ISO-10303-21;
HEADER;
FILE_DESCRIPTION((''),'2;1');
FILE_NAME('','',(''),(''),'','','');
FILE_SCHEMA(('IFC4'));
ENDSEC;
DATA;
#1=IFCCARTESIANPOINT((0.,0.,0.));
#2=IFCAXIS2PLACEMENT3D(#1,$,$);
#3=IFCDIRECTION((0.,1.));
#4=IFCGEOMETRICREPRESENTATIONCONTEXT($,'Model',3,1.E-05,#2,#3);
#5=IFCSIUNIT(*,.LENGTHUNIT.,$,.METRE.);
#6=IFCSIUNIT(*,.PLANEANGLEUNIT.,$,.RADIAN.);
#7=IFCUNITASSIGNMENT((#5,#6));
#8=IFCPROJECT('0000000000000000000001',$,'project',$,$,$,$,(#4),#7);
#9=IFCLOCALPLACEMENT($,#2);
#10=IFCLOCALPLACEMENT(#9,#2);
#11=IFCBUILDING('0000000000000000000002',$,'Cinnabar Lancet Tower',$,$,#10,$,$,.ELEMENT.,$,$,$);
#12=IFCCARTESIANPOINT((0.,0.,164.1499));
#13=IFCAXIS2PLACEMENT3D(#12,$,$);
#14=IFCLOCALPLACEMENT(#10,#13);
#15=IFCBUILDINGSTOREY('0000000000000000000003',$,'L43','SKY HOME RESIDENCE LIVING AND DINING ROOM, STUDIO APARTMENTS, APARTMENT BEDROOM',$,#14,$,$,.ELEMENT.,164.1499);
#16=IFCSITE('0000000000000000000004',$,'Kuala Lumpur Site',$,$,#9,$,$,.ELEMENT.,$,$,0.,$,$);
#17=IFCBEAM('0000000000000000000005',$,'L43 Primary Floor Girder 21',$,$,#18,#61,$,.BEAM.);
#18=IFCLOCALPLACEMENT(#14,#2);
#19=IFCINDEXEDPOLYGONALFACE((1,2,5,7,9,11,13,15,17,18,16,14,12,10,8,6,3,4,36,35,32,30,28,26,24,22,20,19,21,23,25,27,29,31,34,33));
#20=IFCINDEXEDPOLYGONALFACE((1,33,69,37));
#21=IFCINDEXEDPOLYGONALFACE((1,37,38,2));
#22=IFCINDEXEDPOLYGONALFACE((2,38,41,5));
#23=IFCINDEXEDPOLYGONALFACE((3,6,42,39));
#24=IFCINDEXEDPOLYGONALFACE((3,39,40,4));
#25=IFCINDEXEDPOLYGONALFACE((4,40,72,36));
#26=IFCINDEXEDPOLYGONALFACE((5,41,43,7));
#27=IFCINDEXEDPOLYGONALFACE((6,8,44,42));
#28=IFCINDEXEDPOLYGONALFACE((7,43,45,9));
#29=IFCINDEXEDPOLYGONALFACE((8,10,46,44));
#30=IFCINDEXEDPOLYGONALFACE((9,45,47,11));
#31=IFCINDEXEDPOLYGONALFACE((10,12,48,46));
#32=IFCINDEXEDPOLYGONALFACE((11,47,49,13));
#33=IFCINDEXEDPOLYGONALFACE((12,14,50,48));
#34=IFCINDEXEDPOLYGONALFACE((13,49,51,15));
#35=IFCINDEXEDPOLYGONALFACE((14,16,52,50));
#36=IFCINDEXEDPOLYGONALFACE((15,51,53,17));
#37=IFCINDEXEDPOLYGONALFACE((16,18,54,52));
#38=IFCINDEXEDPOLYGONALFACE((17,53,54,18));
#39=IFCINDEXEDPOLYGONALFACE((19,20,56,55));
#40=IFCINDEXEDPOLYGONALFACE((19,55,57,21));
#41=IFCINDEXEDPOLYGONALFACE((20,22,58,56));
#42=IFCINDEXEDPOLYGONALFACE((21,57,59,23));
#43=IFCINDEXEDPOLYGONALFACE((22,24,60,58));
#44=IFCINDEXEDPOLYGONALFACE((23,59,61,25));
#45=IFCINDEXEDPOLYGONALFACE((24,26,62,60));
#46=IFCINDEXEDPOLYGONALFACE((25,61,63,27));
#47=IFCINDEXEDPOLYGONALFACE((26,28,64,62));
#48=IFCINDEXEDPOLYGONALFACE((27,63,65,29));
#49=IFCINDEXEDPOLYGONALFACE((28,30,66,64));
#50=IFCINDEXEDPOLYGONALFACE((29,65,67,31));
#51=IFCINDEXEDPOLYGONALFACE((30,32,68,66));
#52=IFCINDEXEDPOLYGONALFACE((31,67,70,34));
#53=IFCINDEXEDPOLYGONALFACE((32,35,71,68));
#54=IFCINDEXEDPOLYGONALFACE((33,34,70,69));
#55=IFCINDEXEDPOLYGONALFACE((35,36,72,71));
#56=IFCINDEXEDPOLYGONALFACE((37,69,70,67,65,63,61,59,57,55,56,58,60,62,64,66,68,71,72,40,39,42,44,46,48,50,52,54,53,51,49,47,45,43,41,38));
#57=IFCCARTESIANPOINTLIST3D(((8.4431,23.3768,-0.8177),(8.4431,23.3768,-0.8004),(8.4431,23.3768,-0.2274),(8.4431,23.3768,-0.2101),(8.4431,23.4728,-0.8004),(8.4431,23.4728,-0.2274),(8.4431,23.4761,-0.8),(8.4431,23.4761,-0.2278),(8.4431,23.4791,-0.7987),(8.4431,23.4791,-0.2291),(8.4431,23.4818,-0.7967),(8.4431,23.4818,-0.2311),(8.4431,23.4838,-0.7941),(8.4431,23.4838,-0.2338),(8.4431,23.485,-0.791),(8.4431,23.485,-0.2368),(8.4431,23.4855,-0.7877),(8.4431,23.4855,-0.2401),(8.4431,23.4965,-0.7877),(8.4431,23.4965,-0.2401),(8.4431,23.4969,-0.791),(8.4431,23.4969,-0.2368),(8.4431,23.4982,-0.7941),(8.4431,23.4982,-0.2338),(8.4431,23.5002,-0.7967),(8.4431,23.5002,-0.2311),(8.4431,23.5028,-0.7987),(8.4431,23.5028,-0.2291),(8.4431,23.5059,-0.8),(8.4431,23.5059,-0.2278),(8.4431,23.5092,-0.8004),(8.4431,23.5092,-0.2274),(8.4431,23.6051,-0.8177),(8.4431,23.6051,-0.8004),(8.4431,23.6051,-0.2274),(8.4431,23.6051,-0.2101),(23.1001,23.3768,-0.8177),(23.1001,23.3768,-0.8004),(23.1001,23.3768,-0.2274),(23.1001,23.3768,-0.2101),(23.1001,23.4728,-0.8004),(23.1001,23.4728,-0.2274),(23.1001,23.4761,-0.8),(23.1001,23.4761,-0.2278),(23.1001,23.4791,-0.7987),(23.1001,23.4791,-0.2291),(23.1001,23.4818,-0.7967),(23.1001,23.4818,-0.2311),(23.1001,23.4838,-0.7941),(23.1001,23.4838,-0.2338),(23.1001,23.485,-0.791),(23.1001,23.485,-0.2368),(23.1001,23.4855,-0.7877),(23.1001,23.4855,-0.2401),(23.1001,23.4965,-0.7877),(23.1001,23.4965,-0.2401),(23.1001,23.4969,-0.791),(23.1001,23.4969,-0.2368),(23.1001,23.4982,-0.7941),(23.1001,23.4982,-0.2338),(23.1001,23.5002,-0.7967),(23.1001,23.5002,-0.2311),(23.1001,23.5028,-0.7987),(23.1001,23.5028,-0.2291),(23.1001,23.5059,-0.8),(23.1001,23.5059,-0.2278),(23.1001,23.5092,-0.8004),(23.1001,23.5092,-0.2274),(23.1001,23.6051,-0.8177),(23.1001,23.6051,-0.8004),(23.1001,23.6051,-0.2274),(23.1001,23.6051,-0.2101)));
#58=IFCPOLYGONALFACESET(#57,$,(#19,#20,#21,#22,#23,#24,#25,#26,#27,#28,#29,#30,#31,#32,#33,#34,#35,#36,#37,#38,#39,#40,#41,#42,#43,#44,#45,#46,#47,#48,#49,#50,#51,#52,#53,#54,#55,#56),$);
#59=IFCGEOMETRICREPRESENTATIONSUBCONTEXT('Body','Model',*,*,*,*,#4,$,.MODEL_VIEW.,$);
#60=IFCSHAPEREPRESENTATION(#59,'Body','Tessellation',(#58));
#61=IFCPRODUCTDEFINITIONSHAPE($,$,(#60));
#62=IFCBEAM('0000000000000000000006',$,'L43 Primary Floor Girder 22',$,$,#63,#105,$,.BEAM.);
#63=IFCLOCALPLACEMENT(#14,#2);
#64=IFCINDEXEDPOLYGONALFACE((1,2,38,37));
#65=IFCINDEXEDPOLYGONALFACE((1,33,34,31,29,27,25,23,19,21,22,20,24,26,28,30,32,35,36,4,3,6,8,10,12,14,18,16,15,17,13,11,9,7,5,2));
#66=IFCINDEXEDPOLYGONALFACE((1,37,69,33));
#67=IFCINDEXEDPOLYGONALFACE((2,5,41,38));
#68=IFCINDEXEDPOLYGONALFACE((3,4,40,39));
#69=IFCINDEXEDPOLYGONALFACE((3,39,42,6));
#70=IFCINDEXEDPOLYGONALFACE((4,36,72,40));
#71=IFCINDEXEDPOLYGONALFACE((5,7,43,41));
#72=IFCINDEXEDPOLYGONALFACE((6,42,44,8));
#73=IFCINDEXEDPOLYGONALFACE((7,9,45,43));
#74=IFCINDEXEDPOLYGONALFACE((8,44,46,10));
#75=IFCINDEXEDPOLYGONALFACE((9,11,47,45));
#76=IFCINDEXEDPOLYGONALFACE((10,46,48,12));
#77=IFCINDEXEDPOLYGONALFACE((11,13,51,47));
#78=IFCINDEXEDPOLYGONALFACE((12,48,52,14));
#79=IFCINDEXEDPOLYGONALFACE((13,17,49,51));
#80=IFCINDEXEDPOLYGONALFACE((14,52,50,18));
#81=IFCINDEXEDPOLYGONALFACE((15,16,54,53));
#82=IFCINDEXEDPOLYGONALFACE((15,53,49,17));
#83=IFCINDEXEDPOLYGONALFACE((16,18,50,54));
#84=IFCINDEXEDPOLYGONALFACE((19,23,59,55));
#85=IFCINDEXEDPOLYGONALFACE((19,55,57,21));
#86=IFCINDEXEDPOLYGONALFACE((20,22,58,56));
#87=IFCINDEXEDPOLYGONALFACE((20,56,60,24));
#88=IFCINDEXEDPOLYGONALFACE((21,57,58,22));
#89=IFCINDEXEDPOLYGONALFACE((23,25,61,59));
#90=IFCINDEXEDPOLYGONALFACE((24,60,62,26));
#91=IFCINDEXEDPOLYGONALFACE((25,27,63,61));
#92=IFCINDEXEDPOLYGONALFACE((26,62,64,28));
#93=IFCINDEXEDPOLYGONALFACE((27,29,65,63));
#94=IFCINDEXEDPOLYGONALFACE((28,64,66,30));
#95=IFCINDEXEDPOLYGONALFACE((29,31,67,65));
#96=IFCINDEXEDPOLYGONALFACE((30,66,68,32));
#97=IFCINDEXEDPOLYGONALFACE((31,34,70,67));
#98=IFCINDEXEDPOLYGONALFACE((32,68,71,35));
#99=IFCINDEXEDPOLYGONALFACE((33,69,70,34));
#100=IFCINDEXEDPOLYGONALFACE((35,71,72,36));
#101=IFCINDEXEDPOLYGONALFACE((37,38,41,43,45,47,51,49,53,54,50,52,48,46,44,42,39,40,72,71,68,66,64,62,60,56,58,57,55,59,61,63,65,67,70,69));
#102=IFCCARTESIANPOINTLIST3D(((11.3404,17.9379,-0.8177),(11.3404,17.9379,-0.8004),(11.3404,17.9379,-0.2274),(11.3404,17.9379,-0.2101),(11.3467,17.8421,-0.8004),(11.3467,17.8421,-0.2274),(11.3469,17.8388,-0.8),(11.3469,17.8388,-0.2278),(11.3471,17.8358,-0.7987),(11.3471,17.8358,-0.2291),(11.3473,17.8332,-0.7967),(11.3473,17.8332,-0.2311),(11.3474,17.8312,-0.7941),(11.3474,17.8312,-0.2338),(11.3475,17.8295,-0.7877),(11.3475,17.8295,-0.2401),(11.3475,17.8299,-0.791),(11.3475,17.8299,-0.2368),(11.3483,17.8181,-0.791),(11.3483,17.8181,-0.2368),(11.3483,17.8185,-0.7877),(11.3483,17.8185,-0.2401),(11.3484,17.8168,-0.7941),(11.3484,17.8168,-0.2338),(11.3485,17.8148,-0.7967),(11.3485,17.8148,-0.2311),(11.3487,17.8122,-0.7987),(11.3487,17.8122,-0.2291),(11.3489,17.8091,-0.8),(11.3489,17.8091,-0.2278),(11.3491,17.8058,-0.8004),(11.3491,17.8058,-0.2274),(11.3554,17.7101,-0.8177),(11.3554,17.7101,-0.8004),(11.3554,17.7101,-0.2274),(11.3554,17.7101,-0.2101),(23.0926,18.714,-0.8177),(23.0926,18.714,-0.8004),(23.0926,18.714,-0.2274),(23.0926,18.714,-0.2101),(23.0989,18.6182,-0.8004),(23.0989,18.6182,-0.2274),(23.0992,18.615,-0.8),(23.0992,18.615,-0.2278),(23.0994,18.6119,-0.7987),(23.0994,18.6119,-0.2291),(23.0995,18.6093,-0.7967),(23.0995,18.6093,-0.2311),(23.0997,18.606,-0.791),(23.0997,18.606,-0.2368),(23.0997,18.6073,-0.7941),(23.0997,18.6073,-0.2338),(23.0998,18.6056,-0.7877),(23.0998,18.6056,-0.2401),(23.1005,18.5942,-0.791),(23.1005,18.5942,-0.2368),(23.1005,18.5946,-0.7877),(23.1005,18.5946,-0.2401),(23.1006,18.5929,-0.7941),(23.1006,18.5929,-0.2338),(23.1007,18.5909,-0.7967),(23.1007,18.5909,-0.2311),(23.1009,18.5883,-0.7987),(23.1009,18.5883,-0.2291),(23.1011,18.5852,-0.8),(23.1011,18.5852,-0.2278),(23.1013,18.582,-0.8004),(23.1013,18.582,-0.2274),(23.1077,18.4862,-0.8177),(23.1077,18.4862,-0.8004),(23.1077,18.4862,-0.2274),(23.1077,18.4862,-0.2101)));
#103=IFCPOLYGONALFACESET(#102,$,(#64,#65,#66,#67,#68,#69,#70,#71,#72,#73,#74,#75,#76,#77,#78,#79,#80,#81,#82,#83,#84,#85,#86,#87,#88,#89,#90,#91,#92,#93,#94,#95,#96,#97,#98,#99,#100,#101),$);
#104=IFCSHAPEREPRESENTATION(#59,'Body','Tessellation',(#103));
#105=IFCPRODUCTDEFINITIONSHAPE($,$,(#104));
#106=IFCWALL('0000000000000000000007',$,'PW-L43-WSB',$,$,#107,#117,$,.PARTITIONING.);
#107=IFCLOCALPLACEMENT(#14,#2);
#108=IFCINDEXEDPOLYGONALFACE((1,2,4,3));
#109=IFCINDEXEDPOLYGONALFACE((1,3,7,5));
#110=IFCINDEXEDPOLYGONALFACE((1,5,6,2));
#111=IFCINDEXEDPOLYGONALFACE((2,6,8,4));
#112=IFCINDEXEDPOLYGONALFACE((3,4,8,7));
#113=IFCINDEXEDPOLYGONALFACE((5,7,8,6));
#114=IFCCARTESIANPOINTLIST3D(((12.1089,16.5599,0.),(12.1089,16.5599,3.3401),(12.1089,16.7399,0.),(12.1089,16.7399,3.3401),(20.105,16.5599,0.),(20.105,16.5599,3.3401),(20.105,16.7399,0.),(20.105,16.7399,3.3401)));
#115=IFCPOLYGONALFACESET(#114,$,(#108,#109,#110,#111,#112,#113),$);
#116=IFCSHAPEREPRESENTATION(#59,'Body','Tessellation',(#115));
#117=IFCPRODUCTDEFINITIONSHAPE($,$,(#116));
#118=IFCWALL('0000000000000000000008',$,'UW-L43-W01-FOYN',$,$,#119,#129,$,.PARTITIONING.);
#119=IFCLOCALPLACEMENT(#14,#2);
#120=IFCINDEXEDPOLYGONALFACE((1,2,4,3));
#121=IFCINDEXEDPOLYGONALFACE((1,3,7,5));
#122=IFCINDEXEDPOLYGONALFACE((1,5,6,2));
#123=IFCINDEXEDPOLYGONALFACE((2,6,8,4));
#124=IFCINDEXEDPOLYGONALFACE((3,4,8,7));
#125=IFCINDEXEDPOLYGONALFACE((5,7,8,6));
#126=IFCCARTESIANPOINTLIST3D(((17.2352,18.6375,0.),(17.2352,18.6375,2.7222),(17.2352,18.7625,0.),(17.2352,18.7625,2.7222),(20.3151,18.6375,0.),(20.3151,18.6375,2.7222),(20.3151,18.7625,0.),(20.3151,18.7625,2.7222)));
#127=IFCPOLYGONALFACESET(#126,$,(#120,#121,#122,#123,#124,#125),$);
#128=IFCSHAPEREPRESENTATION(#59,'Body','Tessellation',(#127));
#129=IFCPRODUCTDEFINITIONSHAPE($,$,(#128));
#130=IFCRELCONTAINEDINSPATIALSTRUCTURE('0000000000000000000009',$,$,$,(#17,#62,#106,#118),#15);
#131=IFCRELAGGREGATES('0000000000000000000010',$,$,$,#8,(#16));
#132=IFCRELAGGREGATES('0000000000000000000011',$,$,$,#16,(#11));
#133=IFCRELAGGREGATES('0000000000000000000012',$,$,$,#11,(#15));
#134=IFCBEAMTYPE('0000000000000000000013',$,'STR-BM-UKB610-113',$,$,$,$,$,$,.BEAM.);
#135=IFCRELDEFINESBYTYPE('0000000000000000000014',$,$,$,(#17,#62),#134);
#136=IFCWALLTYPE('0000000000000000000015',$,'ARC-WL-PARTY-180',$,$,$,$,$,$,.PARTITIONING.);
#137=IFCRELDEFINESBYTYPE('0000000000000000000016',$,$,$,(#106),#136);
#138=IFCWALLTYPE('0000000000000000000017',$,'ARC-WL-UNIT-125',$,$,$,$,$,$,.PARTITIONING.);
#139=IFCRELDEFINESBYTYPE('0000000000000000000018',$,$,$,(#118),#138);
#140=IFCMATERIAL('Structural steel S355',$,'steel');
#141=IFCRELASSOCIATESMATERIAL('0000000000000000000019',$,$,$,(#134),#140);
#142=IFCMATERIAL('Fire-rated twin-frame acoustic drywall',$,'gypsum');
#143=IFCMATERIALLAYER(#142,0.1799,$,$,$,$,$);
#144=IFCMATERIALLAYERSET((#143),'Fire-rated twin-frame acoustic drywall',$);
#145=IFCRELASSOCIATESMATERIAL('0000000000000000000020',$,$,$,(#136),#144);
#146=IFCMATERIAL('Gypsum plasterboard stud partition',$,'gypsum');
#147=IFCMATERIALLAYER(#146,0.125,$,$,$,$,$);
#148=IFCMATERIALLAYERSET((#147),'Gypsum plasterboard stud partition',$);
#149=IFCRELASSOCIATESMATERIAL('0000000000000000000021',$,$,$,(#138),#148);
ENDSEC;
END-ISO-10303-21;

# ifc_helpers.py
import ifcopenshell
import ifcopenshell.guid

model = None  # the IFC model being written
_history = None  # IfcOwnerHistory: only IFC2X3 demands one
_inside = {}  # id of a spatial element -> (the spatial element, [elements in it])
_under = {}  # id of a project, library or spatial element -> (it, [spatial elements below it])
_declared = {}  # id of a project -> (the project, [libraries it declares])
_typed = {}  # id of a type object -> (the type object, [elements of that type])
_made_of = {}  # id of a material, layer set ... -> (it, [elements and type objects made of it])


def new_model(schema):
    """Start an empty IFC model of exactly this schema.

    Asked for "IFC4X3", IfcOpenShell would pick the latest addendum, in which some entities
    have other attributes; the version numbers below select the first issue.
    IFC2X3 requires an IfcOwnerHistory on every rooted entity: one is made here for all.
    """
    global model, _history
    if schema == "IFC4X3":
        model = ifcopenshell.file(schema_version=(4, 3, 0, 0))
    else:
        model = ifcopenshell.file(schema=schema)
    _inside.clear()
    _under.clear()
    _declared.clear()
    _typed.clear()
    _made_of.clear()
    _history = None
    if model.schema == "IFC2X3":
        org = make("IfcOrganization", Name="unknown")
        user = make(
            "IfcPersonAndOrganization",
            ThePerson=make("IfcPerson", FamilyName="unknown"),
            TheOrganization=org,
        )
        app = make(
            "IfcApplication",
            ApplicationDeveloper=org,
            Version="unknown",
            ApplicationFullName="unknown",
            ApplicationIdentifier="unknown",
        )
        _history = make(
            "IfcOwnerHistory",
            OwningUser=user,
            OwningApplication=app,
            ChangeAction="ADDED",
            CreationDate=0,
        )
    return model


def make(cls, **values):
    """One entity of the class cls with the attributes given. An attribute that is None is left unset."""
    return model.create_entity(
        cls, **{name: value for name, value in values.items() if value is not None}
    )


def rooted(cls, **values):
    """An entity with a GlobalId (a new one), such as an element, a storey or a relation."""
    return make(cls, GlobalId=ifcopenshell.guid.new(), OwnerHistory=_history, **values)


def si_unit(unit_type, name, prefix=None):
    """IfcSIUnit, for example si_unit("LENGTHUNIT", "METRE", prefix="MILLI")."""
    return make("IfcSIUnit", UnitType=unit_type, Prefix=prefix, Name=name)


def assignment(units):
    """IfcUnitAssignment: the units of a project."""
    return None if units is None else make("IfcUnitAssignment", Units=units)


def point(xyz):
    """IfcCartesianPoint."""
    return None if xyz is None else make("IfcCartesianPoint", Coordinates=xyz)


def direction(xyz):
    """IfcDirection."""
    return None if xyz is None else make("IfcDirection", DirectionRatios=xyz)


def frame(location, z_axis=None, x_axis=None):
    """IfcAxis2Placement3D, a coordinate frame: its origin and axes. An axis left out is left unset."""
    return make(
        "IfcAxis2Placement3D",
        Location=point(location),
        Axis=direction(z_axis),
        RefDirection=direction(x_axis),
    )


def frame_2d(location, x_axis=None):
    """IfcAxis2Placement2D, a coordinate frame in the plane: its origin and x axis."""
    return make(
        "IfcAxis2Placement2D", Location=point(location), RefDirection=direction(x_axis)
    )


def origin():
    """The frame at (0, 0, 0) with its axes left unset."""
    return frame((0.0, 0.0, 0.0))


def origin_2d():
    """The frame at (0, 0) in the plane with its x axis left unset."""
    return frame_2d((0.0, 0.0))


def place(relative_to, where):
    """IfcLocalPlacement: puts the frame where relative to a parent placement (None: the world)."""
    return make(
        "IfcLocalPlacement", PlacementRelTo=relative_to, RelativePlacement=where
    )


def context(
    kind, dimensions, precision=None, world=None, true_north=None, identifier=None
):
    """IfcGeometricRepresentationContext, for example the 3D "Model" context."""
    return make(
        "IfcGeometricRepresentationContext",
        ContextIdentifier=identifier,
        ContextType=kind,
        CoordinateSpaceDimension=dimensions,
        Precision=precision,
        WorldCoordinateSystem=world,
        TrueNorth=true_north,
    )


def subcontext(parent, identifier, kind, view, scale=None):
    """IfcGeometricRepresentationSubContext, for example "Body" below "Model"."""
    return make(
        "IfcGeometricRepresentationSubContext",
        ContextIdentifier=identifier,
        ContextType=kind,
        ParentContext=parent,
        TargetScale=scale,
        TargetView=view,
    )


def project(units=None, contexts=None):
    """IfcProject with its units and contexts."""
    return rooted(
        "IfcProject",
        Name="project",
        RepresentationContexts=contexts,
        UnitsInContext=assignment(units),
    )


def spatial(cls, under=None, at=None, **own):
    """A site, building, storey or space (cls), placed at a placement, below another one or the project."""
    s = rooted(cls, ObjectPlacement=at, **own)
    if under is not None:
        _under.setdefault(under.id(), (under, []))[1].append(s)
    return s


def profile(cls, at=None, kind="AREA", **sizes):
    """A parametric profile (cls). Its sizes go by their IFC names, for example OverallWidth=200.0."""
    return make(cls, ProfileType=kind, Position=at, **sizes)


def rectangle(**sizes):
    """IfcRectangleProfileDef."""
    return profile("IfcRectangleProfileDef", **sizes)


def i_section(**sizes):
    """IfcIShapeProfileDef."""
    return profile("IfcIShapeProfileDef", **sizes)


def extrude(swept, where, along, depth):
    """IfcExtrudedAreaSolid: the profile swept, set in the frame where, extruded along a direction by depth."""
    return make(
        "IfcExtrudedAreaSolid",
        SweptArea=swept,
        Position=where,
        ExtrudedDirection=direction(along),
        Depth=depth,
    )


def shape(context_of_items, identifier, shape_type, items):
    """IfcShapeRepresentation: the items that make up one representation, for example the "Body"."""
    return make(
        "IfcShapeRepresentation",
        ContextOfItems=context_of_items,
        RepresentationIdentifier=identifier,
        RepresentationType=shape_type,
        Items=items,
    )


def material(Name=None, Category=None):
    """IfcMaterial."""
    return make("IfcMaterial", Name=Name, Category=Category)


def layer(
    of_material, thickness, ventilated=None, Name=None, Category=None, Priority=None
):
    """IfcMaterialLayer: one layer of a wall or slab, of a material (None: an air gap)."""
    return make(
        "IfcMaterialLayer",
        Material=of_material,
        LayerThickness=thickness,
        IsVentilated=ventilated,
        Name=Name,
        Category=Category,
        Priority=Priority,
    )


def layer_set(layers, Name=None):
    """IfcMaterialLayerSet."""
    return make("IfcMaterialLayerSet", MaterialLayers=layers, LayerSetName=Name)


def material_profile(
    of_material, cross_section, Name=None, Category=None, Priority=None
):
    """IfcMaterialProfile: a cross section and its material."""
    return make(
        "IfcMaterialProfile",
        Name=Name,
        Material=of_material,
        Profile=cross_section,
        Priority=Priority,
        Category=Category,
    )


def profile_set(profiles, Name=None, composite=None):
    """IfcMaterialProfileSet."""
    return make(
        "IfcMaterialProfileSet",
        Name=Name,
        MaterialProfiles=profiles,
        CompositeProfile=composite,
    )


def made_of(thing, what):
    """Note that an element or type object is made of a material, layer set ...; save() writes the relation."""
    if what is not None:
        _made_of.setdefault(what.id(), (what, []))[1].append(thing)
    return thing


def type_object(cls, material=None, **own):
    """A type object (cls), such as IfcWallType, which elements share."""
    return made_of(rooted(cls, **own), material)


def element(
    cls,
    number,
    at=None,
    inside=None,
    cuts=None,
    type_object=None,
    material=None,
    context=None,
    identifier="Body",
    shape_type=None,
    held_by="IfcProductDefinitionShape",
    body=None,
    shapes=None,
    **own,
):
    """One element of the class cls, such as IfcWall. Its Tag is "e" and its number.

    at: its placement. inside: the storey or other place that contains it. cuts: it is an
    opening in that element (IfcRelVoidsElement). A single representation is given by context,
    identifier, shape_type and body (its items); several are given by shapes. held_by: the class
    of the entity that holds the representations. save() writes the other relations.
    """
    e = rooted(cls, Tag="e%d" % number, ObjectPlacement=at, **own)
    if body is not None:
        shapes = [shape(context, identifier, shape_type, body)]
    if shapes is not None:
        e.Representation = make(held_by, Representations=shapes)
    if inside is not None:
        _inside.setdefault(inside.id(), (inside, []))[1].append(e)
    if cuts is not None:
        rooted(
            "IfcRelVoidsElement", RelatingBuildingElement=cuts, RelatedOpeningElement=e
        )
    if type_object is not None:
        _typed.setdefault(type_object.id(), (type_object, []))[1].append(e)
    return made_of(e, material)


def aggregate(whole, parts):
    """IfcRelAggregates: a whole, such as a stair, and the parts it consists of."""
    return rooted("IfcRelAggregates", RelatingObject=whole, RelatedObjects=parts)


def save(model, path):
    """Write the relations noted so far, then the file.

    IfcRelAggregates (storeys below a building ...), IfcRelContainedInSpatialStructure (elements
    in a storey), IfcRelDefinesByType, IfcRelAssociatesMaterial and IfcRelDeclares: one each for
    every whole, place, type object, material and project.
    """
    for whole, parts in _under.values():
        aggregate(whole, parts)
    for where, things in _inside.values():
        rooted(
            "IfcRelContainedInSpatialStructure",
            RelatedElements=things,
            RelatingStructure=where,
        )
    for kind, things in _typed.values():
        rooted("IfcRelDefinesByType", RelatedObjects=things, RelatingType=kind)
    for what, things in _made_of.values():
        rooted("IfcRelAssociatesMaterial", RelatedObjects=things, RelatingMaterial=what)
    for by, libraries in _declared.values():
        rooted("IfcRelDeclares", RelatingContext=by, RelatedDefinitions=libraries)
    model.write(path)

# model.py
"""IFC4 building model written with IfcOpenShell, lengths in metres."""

from ifc_helpers import new_model, si_unit, direction, frame, frame_2d, origin, origin_2d, place, context, subcontext, project, spatial, rectangle, i_section, extrude, material, layer, layer_set, material_profile, profile_set, type_object, element, save


model = new_model("IFC4")

# Units and contexts
model_context = context("Model", 3, precision=1e-05, world=origin(), true_north=direction((0.0, 1.0)))
body_context = subcontext(model_context, "Body", "Model", "MODEL_VIEW")
ifc_project = project(units=[si_unit("LENGTHUNIT", "METRE"), si_unit("PLANEANGLEUNIT", "RADIAN")], contexts=[model_context])

# Site, building, storey
site_placement = place(None, origin())
site = spatial("IfcSite", under=ifc_project, at=site_placement, Name="Kuala Lumpur Site", CompositionType="ELEMENT", RefElevation=0.0)
building_placement = place(site_placement, origin())
building = spatial("IfcBuilding", under=site, at=building_placement, Name="Cinnabar Lancet Tower", CompositionType="ELEMENT")
storey_placement = place(building_placement, frame((0.0, 0.0, 164.1499)))
storey = spatial("IfcBuildingStorey", under=building, at=storey_placement, Name="L43", Description="SKY HOME RESIDENCE LIVING AND DINING ROOM, STUDIO APARTMENTS, APARTMENT BEDROOM", CompositionType="ELEMENT", Elevation=164.1499)

# Beams
ifc_material_1 = material(Name="Structural steel S355", Category="steel")
ifc_material_profile_1 = material_profile(ifc_material_1, i_section(OverallWidth=0.2283, OverallDepth=0.6077, WebThickness=0.011, FlangeThickness=0.0173, FilletRadius=0.0127, at=origin_2d()), Name="UKB 610x229x113")
ifc_profile_set_1 = profile_set([ifc_material_profile_1], Name="Structural steel S355")
beam_type_1 = type_object("IfcBeamType", Name="STR-BM-UKB610-113", PredefinedType="BEAM", material=ifc_profile_set_1)
beam_1_placement = place(storey_placement, frame((8.4431, 23.491, -0.5139), z_axis=(1.0, 0.0, 0.0), x_axis=(0.0, 1.0, 0.0)))
element("IfcBeam", 1, at=beam_1_placement, inside=storey, type_object=beam_type_1, Name="L43 Primary Floor Girder 21", PredefinedType="BEAM", context=body_context, shape_type="SweptSolid", body=[
    extrude(i_section(OverallWidth=0.2283, OverallDepth=0.6077, WebThickness=0.011, FlangeThickness=0.0173, FilletRadius=0.0127, at=origin_2d()), origin(), (0.0, 0.0, 1.0), 14.657),
])
beam_2_placement = place(storey_placement, frame((11.3479, 17.824, -0.5139), z_axis=(0.997826, 0.065897, 0.0), x_axis=(-0.065897, 0.997826, 0.0)))
element("IfcBeam", 2, at=beam_2_placement, inside=storey, type_object=beam_type_1, Name="L43 Primary Floor Girder 22", PredefinedType="BEAM", context=body_context, shape_type="SweptSolid", body=[
    extrude(i_section(OverallWidth=0.2283, OverallDepth=0.6077, WebThickness=0.011, FlangeThickness=0.0173, FilletRadius=0.0127, at=origin_2d()), origin(), (0.0, 0.0, 1.0), 11.7778),
])

# Walls
ifc_material_2 = material(Name="Fire-rated twin-frame acoustic drywall", Category="gypsum")
ifc_layer_1 = layer(ifc_material_2, 0.1799)
ifc_layer_set_1 = layer_set([ifc_layer_1], Name="Fire-rated twin-frame acoustic drywall")
wall_type_1 = type_object("IfcWallType", Name="ARC-WL-PARTY-180", PredefinedType="PARTITIONING", material=ifc_layer_set_1)
wall_1_placement = place(storey_placement, frame((12.1089, 16.6499, 0.0), z_axis=(0.0, 0.0, 1.0), x_axis=(1.0, 0.0, 0.0)))
element("IfcWall", 3, at=wall_1_placement, inside=storey, type_object=wall_type_1, Name="PW-L43-WSB", PredefinedType="PARTITIONING", context=body_context, shape_type="SweptSolid", body=[
    extrude(rectangle(XDim=7.9961, YDim=0.1799, at=frame_2d((3.998, 0.0))), origin(), (0.0, 0.0, 1.0), 3.3401),
])
ifc_material_3 = material(Name="Gypsum plasterboard stud partition", Category="gypsum")
ifc_layer_2 = layer(ifc_material_3, 0.125)
ifc_layer_set_2 = layer_set([ifc_layer_2], Name="Gypsum plasterboard stud partition")
wall_type_2 = type_object("IfcWallType", Name="ARC-WL-UNIT-125", PredefinedType="PARTITIONING", material=ifc_layer_set_2)
wall_2_placement = place(storey_placement, frame((17.2351, 18.7, 0.0), z_axis=(0.0, 0.0, 1.0), x_axis=(1.0, 0.0, 0.0)))
element("IfcWall", 4, at=wall_2_placement, inside=storey, type_object=wall_type_2, Name="UW-L43-W01-FOYN", PredefinedType="PARTITIONING", context=body_context, shape_type="SweptSolid", body=[
    extrude(rectangle(XDim=3.0798, YDim=0.125, at=frame_2d((1.54, 0.0))), origin(), (0.0, 0.0, 1.0), 2.7222),
])

save(model, "model.ifc")
